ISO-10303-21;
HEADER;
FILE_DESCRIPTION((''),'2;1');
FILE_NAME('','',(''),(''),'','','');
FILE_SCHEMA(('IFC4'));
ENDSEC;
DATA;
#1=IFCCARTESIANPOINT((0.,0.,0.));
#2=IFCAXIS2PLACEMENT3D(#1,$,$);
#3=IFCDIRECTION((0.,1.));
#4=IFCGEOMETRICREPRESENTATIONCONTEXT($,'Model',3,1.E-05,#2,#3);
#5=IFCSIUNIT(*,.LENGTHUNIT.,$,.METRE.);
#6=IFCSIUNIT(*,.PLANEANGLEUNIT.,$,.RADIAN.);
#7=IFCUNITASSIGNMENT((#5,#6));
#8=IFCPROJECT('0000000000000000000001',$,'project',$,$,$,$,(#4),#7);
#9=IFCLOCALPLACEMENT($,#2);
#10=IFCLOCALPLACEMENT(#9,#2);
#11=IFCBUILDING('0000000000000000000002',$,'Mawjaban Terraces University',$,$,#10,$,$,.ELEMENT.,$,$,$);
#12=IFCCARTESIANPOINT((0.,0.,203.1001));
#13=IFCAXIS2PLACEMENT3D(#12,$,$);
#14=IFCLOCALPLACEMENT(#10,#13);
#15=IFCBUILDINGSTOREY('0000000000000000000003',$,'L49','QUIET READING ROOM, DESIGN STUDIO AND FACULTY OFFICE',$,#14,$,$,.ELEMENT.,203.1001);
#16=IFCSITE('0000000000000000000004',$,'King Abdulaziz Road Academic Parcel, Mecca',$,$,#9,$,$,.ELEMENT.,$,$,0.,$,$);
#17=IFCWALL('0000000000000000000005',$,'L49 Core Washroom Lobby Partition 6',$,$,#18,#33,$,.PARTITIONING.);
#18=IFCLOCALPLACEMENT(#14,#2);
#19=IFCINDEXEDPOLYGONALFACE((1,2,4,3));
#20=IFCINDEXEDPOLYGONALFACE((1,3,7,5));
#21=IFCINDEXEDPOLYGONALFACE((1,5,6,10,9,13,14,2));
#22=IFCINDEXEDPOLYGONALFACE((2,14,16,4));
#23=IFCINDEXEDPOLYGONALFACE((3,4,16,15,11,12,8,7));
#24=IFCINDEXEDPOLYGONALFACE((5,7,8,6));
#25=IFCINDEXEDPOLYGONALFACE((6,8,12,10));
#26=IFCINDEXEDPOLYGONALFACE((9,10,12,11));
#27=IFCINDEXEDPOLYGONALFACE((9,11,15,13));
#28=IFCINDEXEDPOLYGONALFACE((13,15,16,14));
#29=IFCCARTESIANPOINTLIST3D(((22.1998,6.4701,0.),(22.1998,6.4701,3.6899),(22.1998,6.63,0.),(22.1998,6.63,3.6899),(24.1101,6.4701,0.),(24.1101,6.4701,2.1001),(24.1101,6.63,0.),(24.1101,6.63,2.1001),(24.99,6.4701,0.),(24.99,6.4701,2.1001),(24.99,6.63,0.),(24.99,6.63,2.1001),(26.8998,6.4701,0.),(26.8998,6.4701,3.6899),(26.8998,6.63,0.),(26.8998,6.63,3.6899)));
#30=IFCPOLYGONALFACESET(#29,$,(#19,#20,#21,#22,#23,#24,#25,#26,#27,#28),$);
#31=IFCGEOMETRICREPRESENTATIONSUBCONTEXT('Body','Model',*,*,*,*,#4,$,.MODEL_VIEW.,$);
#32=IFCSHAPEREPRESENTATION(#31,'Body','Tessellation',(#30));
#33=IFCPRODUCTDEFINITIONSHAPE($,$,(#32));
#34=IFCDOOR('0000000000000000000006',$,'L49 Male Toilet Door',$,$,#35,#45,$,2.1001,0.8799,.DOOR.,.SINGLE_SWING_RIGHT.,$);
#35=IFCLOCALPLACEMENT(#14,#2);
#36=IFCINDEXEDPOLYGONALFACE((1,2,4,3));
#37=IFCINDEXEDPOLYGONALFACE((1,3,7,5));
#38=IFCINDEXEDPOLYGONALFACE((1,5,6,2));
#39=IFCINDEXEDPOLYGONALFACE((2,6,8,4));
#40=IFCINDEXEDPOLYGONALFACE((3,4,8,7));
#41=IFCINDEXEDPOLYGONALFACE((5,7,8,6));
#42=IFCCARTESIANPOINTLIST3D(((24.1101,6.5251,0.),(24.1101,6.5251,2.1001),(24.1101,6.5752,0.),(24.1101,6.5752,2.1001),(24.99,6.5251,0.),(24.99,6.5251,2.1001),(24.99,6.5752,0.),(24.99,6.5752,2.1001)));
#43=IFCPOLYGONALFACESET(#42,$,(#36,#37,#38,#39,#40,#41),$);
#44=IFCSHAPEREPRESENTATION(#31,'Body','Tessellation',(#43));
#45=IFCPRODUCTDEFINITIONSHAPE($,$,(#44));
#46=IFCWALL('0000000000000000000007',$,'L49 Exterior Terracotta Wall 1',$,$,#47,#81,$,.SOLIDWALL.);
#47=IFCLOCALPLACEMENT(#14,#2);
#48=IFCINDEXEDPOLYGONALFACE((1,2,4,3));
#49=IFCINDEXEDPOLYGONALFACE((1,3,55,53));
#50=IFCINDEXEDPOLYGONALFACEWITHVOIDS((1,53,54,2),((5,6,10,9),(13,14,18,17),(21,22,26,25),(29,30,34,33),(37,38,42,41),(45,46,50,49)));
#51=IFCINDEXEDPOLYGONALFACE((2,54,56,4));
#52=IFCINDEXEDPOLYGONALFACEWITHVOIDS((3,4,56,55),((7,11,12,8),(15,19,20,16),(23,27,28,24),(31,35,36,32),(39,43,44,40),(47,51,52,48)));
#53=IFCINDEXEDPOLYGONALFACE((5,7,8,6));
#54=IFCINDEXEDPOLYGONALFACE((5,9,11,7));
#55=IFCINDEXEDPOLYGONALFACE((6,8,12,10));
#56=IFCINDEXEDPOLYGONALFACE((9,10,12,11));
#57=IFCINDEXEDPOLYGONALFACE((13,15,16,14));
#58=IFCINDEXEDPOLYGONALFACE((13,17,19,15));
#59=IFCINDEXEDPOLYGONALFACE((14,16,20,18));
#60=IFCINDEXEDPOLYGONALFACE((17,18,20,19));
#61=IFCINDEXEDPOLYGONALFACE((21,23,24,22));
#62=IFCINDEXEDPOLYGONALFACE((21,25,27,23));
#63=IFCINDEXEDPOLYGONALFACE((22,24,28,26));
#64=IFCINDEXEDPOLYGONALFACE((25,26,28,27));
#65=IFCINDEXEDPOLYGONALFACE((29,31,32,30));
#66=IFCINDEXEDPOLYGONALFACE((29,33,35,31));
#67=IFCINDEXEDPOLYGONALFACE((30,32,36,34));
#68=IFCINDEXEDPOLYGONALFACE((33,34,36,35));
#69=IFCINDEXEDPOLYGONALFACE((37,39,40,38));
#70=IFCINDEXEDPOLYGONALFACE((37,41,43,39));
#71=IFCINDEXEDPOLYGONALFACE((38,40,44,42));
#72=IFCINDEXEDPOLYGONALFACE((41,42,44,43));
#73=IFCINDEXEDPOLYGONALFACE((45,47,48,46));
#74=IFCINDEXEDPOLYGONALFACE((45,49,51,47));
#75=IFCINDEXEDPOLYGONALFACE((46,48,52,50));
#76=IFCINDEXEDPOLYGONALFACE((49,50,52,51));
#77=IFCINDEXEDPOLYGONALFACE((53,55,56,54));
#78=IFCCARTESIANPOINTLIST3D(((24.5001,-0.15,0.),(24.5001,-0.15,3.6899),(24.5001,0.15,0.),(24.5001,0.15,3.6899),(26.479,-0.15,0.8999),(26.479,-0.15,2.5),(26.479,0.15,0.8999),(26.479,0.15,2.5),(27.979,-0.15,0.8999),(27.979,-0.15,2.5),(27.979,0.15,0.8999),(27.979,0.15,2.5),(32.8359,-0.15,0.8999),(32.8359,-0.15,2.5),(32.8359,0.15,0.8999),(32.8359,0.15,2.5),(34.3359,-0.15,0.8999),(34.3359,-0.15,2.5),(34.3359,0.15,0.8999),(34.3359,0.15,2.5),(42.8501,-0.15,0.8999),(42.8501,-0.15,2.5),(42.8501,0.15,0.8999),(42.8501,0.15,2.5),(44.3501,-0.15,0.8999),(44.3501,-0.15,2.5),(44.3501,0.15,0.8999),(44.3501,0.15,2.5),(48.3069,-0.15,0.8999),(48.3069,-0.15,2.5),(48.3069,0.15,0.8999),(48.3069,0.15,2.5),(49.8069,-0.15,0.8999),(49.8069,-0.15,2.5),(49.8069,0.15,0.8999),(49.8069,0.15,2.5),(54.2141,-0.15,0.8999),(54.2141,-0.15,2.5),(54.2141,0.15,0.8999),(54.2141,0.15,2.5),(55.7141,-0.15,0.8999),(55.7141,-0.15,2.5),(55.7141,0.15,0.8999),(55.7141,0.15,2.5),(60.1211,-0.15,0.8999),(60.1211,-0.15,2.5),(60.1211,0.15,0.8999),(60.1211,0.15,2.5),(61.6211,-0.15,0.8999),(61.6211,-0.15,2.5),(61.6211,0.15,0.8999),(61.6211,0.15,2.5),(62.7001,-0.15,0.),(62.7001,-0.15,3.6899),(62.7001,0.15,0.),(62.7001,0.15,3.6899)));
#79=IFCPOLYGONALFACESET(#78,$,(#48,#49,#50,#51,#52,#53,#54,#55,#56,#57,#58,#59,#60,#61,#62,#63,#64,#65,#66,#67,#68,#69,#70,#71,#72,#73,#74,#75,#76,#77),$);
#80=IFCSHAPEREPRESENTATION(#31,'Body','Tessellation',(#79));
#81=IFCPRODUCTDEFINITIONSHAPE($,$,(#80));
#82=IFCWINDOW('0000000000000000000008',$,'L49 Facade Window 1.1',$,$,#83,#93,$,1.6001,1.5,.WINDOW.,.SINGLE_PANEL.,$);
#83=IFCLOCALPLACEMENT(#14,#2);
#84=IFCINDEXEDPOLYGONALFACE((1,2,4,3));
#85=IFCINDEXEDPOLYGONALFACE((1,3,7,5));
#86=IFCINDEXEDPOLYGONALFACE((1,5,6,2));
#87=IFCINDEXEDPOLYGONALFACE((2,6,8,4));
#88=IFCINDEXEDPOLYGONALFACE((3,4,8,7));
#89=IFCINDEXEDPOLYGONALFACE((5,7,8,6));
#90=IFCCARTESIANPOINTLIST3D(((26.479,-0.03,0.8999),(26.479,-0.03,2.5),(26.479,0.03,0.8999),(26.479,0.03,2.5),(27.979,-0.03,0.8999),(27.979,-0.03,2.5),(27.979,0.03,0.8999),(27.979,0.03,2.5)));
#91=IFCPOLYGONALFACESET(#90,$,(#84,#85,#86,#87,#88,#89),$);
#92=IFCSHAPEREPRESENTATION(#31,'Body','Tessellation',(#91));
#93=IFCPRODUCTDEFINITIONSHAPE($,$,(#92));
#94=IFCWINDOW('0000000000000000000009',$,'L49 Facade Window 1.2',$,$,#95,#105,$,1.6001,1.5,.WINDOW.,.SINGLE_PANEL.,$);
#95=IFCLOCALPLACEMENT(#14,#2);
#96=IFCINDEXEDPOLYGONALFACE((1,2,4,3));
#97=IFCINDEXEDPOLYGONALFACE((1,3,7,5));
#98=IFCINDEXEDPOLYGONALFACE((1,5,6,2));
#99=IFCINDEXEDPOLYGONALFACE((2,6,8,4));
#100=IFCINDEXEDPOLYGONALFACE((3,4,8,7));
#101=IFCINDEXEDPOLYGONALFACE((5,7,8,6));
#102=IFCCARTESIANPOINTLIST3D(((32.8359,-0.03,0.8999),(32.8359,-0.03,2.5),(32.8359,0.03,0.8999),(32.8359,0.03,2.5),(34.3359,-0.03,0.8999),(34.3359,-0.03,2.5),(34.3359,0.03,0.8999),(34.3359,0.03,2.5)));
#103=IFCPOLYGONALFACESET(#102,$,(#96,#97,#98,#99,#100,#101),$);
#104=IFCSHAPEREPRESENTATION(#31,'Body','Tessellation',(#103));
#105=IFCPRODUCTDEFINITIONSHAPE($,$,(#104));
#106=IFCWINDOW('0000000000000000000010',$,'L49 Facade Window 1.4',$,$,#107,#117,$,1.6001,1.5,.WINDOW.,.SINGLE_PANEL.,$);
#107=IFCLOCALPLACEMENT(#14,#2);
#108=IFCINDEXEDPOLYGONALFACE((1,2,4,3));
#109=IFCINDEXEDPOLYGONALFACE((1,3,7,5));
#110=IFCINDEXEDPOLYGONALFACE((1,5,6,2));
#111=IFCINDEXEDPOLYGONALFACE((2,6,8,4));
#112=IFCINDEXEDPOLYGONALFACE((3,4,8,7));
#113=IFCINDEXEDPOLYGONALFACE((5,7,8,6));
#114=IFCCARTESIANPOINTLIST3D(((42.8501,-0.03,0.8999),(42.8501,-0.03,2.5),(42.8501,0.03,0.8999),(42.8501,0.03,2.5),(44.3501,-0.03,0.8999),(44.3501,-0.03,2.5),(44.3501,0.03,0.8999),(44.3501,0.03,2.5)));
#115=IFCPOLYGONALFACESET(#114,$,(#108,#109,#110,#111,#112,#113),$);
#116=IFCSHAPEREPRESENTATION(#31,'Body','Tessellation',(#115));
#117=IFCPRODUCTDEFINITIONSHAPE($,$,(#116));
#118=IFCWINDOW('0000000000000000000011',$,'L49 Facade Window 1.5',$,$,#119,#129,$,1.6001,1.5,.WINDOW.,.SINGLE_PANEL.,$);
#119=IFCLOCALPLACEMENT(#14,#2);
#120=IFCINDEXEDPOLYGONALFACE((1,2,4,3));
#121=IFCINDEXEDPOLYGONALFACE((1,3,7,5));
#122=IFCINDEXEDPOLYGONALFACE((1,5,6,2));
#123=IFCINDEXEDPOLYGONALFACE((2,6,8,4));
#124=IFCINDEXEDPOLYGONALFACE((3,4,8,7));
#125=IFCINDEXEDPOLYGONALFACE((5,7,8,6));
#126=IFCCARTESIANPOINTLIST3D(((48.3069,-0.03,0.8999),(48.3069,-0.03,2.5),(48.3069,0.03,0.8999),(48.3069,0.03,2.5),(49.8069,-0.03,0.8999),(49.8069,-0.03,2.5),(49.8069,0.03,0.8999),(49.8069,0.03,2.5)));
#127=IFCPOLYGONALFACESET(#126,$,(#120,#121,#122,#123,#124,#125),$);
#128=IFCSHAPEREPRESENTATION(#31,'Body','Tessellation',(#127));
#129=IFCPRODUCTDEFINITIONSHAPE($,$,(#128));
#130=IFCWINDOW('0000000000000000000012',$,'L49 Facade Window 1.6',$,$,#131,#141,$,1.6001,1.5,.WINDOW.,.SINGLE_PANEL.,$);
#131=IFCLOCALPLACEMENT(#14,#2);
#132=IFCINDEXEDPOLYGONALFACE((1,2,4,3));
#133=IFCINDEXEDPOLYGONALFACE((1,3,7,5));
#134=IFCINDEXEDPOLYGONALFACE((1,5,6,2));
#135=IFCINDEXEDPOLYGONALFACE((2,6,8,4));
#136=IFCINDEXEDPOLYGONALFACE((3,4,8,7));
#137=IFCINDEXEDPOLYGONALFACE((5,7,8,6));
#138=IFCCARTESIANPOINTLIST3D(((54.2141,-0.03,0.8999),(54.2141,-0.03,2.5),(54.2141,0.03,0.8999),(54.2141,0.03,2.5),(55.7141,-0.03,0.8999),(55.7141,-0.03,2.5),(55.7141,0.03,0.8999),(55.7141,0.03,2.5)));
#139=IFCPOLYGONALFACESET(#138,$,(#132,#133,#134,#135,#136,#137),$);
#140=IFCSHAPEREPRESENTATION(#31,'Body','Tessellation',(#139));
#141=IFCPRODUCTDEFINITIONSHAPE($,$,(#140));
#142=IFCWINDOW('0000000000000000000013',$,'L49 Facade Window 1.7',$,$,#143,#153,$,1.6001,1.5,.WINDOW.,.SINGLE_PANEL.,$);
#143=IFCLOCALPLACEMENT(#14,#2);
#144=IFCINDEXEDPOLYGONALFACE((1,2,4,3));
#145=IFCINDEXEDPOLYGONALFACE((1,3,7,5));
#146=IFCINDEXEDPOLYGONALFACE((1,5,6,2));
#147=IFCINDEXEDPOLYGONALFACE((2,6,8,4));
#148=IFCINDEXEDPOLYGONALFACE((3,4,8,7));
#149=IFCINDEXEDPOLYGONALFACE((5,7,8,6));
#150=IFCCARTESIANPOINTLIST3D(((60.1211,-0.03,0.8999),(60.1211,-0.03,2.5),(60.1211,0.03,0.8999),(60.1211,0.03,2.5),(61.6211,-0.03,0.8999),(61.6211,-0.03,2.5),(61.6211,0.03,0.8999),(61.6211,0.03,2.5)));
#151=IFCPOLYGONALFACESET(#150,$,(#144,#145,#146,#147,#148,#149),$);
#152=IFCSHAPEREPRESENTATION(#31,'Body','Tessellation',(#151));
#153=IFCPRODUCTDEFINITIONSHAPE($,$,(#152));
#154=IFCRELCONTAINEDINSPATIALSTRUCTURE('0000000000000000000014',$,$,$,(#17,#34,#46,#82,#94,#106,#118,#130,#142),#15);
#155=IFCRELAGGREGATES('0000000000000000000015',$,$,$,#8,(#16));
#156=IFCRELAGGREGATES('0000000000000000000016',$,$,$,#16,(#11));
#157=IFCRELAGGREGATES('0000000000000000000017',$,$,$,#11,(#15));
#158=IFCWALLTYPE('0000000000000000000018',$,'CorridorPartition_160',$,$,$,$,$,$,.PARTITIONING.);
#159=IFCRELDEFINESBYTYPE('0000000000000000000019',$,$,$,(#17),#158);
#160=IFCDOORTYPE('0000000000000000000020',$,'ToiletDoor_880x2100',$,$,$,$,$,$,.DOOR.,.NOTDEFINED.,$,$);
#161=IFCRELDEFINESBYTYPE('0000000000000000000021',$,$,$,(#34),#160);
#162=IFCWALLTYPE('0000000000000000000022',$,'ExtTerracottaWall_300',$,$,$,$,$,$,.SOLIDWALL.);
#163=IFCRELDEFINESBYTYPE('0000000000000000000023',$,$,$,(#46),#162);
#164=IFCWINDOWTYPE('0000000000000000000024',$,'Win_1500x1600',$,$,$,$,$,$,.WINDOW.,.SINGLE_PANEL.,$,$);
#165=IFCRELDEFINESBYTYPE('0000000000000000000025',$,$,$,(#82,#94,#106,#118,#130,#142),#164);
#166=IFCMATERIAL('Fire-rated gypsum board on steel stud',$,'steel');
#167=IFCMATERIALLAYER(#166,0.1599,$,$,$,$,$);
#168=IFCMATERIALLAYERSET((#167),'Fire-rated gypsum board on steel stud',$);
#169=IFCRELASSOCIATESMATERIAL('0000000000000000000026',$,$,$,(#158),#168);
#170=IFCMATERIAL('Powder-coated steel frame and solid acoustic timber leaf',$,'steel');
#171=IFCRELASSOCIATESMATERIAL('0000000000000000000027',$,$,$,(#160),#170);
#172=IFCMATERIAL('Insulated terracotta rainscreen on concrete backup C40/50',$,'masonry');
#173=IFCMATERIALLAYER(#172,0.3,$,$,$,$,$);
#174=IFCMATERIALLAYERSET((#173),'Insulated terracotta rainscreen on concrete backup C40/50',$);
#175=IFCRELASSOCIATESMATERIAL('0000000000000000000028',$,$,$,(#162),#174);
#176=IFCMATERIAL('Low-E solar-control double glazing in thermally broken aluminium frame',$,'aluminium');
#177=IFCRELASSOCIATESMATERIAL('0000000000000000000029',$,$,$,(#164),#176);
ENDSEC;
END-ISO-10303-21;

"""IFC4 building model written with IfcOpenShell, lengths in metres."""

from ifc_helpers import new_model, si_unit, direction, frame, frame_2d, origin, place, context, subcontext, project, spatial, rectangle, extrude, material, layer, layer_set, type_object, element, fill, save


model = new_model("IFC4")

# Units and contexts
model_context = context("Model", 3, precision=1e-05, world=origin(), true_north=direction((0.0, 1.0)))
body_context = subcontext(model_context, "Body", "Model", "MODEL_VIEW")
ifc_project = project(units=[si_unit("LENGTHUNIT", "METRE"), si_unit("PLANEANGLEUNIT", "RADIAN")], contexts=[model_context])

# Site, building, storey
site_placement = place(None, origin())
site = spatial("IfcSite", under=ifc_project, at=site_placement, Name="King Abdulaziz Road Academic Parcel, Mecca", CompositionType="ELEMENT", RefElevation=0.0)
building_placement = place(site_placement, origin())
building = spatial("IfcBuilding", under=site, at=building_placement, Name="Mawjaban Terraces University", CompositionType="ELEMENT")
storey_placement = place(building_placement, frame((0.0, 0.0, 203.1001)))
storey = spatial("IfcBuildingStorey", under=building, at=storey_placement, Name="L49", Description="QUIET READING ROOM, DESIGN STUDIO AND FACULTY OFFICE", CompositionType="ELEMENT", Elevation=203.1001)

# Wall, opening, door
ifc_material_1 = material(Name="Fire-rated gypsum board on steel stud", Category="steel")
ifc_layer_1 = layer(ifc_material_1, 0.1599)
ifc_layer_set_1 = layer_set([ifc_layer_1], Name="Fire-rated gypsum board on steel stud")
wall_type_1 = type_object("IfcWallType", Name="CorridorPartition_160", PredefinedType="PARTITIONING", material=ifc_layer_set_1)
wall_1_placement = place(storey_placement, frame((26.8999, 6.55, 0.0), z_axis=(0.0, 0.0, 1.0), x_axis=(-1.0, 0.0, 0.0)))
wall_1 = element("IfcWall", 1, at=wall_1_placement, inside=storey, type_object=wall_type_1, Name="L49 Core Washroom Lobby Partition 6", PredefinedType="PARTITIONING", context=body_context, shape_type="SweptSolid", body=[
    extrude(rectangle(XDim=4.7, YDim=0.1599, at=frame_2d((2.3501, 0.0))), origin(), (0.0, 0.0, 1.0), 3.6899),
])
opening_1_placement = place(wall_1_placement, frame((1.9099, 0.0, 0.0)))
opening_1 = element("IfcOpeningElement", 2, at=opening_1_placement, cuts=wall_1, PredefinedType="OPENING", context=body_context, shape_type="SweptSolid", body=[
    extrude(rectangle(XDim=0.8799, YDim=2.1001, at=frame_2d((0.4399, 1.05))), frame((0.0, 0.0898, 0.0), z_axis=(0.0, -1.0, 0.0), x_axis=(1.0, 0.0, 0.0)), (0.0, 0.0, 1.0), 0.1799),
])
ifc_material_2 = material(Name="Powder-coated steel frame and solid acoustic timber leaf", Category="steel")
door_type = type_object("IfcDoorType", Name="ToiletDoor_880x2100", OperationType="NOTDEFINED", PredefinedType="DOOR", material=ifc_material_2)
door_placement = place(opening_1_placement, origin())
door = element("IfcDoor", 3, at=door_placement, inside=storey, type_object=door_type, Name="L49 Male Toilet Door", OperationType="SINGLE_SWING_RIGHT", OverallHeight=2.1001, OverallWidth=0.8799, PredefinedType="DOOR", context=body_context, shape_type="SweptSolid", body=[
    extrude(rectangle(XDim=0.8799, YDim=2.1001, at=frame_2d((0.4399, 1.05))), frame((0.0, 0.0249, 0.0), z_axis=(0.0, -1.0, 0.0), x_axis=(1.0, 0.0, 0.0)), (0.0, 0.0, 1.0), 0.05),
])
fill(opening_1, door)

# Wall, openings, windows
ifc_material_3 = material(Name="Insulated terracotta rainscreen on concrete backup C40/50", Category="masonry")
ifc_layer_2 = layer(ifc_material_3, 0.3)
ifc_layer_set_2 = layer_set([ifc_layer_2], Name="Insulated terracotta rainscreen on concrete backup C40/50")
wall_type_2 = type_object("IfcWallType", Name="ExtTerracottaWall_300", PredefinedType="SOLIDWALL", material=ifc_layer_set_2)
wall_2_placement = place(storey_placement, frame((24.5, 0.0, 0.0), z_axis=(0.0, 0.0, 1.0), x_axis=(1.0, 0.0, 0.0)))
wall_2 = element("IfcWall", 4, at=wall_2_placement, inside=storey, type_object=wall_type_2, Name="L49 Exterior Terracotta Wall 1", PredefinedType="SOLIDWALL", context=body_context, shape_type="SweptSolid", body=[
    extrude(rectangle(XDim=38.2, YDim=0.3, at=frame_2d((19.1001, 0.0))), origin(), (0.0, 0.0, 1.0), 3.6899),
])
opening_2_placement = place(wall_2_placement, frame((1.979, 0.0, 0.8999)))
opening_2 = element("IfcOpeningElement", 5, at=opening_2_placement, cuts=wall_2, PredefinedType="OPENING", context=body_context, shape_type="SweptSolid", body=[
    extrude(rectangle(XDim=1.5, YDim=1.6001, at=frame_2d((0.75, 0.8))), frame((0.0, 0.1599, 0.0), z_axis=(0.0, -1.0, 0.0), x_axis=(1.0, 0.0, 0.0)), (0.0, 0.0, 1.0), 0.3201),
])
opening_3_placement = place(wall_2_placement, frame((8.3359, 0.0, 0.8999)))
opening_3 = element("IfcOpeningElement", 6, at=opening_3_placement, cuts=wall_2, PredefinedType="OPENING", context=body_context, shape_type="SweptSolid", body=[
    extrude(rectangle(XDim=1.5, YDim=1.6001, at=frame_2d((0.75, 0.8))), frame((0.0, 0.1599, 0.0), z_axis=(0.0, -1.0, 0.0), x_axis=(1.0, 0.0, 0.0)), (0.0, 0.0, 1.0), 0.3201),
])
opening_4_placement = place(wall_2_placement, frame((18.3501, 0.0, 0.8999)))
opening_4 = element("IfcOpeningElement", 7, at=opening_4_placement, cuts=wall_2, PredefinedType="OPENING", context=body_context, shape_type="SweptSolid", body=[
    extrude(rectangle(XDim=1.5, YDim=1.6001, at=frame_2d((0.75, 0.8))), frame((0.0, 0.1599, 0.0), z_axis=(0.0, -1.0, 0.0), x_axis=(1.0, 0.0, 0.0)), (0.0, 0.0, 1.0), 0.3201),
])
opening_5_placement = place(wall_2_placement, frame((23.8069, 0.0, 0.8999)))
opening_5 = element("IfcOpeningElement", 8, at=opening_5_placement, cuts=wall_2, PredefinedType="OPENING", context=body_context, shape_type="SweptSolid", body=[
    extrude(rectangle(XDim=1.5, YDim=1.6001, at=frame_2d((0.75, 0.8))), frame((0.0, 0.1599, 0.0), z_axis=(0.0, -1.0, 0.0), x_axis=(1.0, 0.0, 0.0)), (0.0, 0.0, 1.0), 0.3201),
])
opening_6_placement = place(wall_2_placement, frame((29.7141, 0.0, 0.8999)))
opening_6 = element("IfcOpeningElement", 9, at=opening_6_placement, cuts=wall_2, PredefinedType="OPENING", context=body_context, shape_type="SweptSolid", body=[
    extrude(rectangle(XDim=1.5, YDim=1.6001, at=frame_2d((0.75, 0.8))), frame((0.0, 0.1599, 0.0), z_axis=(0.0, -1.0, 0.0), x_axis=(1.0, 0.0, 0.0)), (0.0, 0.0, 1.0), 0.3201),
])
opening_7_placement = place(wall_2_placement, frame((35.6211, 0.0, 0.8999)))
opening_7 = element("IfcOpeningElement", 10, at=opening_7_placement, cuts=wall_2, PredefinedType="OPENING", context=body_context, shape_type="SweptSolid", body=[
    extrude(rectangle(XDim=1.5, YDim=1.6001, at=frame_2d((0.75, 0.8))), frame((0.0, 0.1599, 0.0), z_axis=(0.0, -1.0, 0.0), x_axis=(1.0, 0.0, 0.0)), (0.0, 0.0, 1.0), 0.3201),
])
ifc_material_4 = material(Name="Low-E solar-control double glazing in thermally broken aluminium frame", Category="aluminium")
window_type = type_object("IfcWindowType", Name="Win_1500x1600", PartitioningType="SINGLE_PANEL", PredefinedType="WINDOW", material=ifc_material_4)
window_1_placement = place(opening_2_placement, origin())
window_1 = element("IfcWindow", 11, at=window_1_placement, inside=storey, type_object=window_type, Name="L49 Facade Window 1.1", OverallHeight=1.6001, OverallWidth=1.5, PartitioningType="SINGLE_PANEL", PredefinedType="WINDOW", context=body_context, shape_type="SweptSolid", body=[
    extrude(rectangle(XDim=1.5, YDim=1.6001, at=frame_2d((0.75, 0.8))), frame((0.0, 0.03, 0.0), z_axis=(0.0, -1.0, 0.0), x_axis=(1.0, 0.0, 0.0)), (0.0, 0.0, 1.0), 0.0601),
])
fill(opening_2, window_1)
window_2_placement = place(opening_3_placement, origin())
window_2 = element("IfcWindow", 12, at=window_2_placement, inside=storey, type_object=window_type, Name="L49 Facade Window 1.2", OverallHeight=1.6001, OverallWidth=1.5, PartitioningType="SINGLE_PANEL", PredefinedType="WINDOW", context=body_context, shape_type="SweptSolid", body=[
    extrude(rectangle(XDim=1.5, YDim=1.6001, at=frame_2d((0.75, 0.8))), frame((0.0, 0.03, 0.0), z_axis=(0.0, -1.0, 0.0), x_axis=(1.0, 0.0, 0.0)), (0.0, 0.0, 1.0), 0.0601),
])
fill(opening_3, window_2)
window_3_placement = place(opening_4_placement, origin())
window_3 = element("IfcWindow", 13, at=window_3_placement, inside=storey, type_object=window_type, Name="L49 Facade Window 1.4", OverallHeight=1.6001, OverallWidth=1.5, PartitioningType="SINGLE_PANEL", PredefinedType="WINDOW", context=body_context, shape_type="SweptSolid", body=[
    extrude(rectangle(XDim=1.5, YDim=1.6001, at=frame_2d((0.75, 0.8))), frame((0.0, 0.03, 0.0), z_axis=(0.0, -1.0, 0.0), x_axis=(1.0, 0.0, 0.0)), (0.0, 0.0, 1.0), 0.0601),
])
fill(opening_4, window_3)
window_4_placement = place(opening_5_placement, origin())
window_4 = element("IfcWindow", 14, at=window_4_placement, inside=storey, type_object=window_type, Name="L49 Facade Window 1.5", OverallHeight=1.6001, OverallWidth=1.5, PartitioningType="SINGLE_PANEL", PredefinedType="WINDOW", context=body_context, shape_type="SweptSolid", body=[
    extrude(rectangle(XDim=1.5, YDim=1.6001, at=frame_2d((0.75, 0.8))), frame((0.0, 0.03, 0.0), z_axis=(0.0, -1.0, 0.0), x_axis=(1.0, 0.0, 0.0)), (0.0, 0.0, 1.0), 0.0601),
])
fill(opening_5, window_4)
window_5_placement = place(opening_6_placement, origin())
window_5 = element("IfcWindow", 15, at=window_5_placement, inside=storey, type_object=window_type, Name="L49 Facade Window 1.6", OverallHeight=1.6001, OverallWidth=1.5, PartitioningType="SINGLE_PANEL", PredefinedType="WINDOW", context=body_context, shape_type="SweptSolid", body=[
    extrude(rectangle(XDim=1.5, YDim=1.6001, at=frame_2d((0.75, 0.8))), frame((0.0, 0.03, 0.0), z_axis=(0.0, -1.0, 0.0), x_axis=(1.0, 0.0, 0.0)), (0.0, 0.0, 1.0), 0.0601),
])
fill(opening_6, window_5)
window_6_placement = place(opening_7_placement, origin())
window_6 = element("IfcWindow", 16, at=window_6_placement, inside=storey, type_object=window_type, Name="L49 Facade Window 1.7", OverallHeight=1.6001, OverallWidth=1.5, PartitioningType="SINGLE_PANEL", PredefinedType="WINDOW", context=body_context, shape_type="SweptSolid", body=[
    extrude(rectangle(XDim=1.5, YDim=1.6001, at=frame_2d((0.75, 0.8))), frame((0.0, 0.03, 0.0), z_axis=(0.0, -1.0, 0.0), x_axis=(1.0, 0.0, 0.0)), (0.0, 0.0, 1.0), 0.0601),
])
fill(opening_7, window_6)

save(model, "model.ifc")
